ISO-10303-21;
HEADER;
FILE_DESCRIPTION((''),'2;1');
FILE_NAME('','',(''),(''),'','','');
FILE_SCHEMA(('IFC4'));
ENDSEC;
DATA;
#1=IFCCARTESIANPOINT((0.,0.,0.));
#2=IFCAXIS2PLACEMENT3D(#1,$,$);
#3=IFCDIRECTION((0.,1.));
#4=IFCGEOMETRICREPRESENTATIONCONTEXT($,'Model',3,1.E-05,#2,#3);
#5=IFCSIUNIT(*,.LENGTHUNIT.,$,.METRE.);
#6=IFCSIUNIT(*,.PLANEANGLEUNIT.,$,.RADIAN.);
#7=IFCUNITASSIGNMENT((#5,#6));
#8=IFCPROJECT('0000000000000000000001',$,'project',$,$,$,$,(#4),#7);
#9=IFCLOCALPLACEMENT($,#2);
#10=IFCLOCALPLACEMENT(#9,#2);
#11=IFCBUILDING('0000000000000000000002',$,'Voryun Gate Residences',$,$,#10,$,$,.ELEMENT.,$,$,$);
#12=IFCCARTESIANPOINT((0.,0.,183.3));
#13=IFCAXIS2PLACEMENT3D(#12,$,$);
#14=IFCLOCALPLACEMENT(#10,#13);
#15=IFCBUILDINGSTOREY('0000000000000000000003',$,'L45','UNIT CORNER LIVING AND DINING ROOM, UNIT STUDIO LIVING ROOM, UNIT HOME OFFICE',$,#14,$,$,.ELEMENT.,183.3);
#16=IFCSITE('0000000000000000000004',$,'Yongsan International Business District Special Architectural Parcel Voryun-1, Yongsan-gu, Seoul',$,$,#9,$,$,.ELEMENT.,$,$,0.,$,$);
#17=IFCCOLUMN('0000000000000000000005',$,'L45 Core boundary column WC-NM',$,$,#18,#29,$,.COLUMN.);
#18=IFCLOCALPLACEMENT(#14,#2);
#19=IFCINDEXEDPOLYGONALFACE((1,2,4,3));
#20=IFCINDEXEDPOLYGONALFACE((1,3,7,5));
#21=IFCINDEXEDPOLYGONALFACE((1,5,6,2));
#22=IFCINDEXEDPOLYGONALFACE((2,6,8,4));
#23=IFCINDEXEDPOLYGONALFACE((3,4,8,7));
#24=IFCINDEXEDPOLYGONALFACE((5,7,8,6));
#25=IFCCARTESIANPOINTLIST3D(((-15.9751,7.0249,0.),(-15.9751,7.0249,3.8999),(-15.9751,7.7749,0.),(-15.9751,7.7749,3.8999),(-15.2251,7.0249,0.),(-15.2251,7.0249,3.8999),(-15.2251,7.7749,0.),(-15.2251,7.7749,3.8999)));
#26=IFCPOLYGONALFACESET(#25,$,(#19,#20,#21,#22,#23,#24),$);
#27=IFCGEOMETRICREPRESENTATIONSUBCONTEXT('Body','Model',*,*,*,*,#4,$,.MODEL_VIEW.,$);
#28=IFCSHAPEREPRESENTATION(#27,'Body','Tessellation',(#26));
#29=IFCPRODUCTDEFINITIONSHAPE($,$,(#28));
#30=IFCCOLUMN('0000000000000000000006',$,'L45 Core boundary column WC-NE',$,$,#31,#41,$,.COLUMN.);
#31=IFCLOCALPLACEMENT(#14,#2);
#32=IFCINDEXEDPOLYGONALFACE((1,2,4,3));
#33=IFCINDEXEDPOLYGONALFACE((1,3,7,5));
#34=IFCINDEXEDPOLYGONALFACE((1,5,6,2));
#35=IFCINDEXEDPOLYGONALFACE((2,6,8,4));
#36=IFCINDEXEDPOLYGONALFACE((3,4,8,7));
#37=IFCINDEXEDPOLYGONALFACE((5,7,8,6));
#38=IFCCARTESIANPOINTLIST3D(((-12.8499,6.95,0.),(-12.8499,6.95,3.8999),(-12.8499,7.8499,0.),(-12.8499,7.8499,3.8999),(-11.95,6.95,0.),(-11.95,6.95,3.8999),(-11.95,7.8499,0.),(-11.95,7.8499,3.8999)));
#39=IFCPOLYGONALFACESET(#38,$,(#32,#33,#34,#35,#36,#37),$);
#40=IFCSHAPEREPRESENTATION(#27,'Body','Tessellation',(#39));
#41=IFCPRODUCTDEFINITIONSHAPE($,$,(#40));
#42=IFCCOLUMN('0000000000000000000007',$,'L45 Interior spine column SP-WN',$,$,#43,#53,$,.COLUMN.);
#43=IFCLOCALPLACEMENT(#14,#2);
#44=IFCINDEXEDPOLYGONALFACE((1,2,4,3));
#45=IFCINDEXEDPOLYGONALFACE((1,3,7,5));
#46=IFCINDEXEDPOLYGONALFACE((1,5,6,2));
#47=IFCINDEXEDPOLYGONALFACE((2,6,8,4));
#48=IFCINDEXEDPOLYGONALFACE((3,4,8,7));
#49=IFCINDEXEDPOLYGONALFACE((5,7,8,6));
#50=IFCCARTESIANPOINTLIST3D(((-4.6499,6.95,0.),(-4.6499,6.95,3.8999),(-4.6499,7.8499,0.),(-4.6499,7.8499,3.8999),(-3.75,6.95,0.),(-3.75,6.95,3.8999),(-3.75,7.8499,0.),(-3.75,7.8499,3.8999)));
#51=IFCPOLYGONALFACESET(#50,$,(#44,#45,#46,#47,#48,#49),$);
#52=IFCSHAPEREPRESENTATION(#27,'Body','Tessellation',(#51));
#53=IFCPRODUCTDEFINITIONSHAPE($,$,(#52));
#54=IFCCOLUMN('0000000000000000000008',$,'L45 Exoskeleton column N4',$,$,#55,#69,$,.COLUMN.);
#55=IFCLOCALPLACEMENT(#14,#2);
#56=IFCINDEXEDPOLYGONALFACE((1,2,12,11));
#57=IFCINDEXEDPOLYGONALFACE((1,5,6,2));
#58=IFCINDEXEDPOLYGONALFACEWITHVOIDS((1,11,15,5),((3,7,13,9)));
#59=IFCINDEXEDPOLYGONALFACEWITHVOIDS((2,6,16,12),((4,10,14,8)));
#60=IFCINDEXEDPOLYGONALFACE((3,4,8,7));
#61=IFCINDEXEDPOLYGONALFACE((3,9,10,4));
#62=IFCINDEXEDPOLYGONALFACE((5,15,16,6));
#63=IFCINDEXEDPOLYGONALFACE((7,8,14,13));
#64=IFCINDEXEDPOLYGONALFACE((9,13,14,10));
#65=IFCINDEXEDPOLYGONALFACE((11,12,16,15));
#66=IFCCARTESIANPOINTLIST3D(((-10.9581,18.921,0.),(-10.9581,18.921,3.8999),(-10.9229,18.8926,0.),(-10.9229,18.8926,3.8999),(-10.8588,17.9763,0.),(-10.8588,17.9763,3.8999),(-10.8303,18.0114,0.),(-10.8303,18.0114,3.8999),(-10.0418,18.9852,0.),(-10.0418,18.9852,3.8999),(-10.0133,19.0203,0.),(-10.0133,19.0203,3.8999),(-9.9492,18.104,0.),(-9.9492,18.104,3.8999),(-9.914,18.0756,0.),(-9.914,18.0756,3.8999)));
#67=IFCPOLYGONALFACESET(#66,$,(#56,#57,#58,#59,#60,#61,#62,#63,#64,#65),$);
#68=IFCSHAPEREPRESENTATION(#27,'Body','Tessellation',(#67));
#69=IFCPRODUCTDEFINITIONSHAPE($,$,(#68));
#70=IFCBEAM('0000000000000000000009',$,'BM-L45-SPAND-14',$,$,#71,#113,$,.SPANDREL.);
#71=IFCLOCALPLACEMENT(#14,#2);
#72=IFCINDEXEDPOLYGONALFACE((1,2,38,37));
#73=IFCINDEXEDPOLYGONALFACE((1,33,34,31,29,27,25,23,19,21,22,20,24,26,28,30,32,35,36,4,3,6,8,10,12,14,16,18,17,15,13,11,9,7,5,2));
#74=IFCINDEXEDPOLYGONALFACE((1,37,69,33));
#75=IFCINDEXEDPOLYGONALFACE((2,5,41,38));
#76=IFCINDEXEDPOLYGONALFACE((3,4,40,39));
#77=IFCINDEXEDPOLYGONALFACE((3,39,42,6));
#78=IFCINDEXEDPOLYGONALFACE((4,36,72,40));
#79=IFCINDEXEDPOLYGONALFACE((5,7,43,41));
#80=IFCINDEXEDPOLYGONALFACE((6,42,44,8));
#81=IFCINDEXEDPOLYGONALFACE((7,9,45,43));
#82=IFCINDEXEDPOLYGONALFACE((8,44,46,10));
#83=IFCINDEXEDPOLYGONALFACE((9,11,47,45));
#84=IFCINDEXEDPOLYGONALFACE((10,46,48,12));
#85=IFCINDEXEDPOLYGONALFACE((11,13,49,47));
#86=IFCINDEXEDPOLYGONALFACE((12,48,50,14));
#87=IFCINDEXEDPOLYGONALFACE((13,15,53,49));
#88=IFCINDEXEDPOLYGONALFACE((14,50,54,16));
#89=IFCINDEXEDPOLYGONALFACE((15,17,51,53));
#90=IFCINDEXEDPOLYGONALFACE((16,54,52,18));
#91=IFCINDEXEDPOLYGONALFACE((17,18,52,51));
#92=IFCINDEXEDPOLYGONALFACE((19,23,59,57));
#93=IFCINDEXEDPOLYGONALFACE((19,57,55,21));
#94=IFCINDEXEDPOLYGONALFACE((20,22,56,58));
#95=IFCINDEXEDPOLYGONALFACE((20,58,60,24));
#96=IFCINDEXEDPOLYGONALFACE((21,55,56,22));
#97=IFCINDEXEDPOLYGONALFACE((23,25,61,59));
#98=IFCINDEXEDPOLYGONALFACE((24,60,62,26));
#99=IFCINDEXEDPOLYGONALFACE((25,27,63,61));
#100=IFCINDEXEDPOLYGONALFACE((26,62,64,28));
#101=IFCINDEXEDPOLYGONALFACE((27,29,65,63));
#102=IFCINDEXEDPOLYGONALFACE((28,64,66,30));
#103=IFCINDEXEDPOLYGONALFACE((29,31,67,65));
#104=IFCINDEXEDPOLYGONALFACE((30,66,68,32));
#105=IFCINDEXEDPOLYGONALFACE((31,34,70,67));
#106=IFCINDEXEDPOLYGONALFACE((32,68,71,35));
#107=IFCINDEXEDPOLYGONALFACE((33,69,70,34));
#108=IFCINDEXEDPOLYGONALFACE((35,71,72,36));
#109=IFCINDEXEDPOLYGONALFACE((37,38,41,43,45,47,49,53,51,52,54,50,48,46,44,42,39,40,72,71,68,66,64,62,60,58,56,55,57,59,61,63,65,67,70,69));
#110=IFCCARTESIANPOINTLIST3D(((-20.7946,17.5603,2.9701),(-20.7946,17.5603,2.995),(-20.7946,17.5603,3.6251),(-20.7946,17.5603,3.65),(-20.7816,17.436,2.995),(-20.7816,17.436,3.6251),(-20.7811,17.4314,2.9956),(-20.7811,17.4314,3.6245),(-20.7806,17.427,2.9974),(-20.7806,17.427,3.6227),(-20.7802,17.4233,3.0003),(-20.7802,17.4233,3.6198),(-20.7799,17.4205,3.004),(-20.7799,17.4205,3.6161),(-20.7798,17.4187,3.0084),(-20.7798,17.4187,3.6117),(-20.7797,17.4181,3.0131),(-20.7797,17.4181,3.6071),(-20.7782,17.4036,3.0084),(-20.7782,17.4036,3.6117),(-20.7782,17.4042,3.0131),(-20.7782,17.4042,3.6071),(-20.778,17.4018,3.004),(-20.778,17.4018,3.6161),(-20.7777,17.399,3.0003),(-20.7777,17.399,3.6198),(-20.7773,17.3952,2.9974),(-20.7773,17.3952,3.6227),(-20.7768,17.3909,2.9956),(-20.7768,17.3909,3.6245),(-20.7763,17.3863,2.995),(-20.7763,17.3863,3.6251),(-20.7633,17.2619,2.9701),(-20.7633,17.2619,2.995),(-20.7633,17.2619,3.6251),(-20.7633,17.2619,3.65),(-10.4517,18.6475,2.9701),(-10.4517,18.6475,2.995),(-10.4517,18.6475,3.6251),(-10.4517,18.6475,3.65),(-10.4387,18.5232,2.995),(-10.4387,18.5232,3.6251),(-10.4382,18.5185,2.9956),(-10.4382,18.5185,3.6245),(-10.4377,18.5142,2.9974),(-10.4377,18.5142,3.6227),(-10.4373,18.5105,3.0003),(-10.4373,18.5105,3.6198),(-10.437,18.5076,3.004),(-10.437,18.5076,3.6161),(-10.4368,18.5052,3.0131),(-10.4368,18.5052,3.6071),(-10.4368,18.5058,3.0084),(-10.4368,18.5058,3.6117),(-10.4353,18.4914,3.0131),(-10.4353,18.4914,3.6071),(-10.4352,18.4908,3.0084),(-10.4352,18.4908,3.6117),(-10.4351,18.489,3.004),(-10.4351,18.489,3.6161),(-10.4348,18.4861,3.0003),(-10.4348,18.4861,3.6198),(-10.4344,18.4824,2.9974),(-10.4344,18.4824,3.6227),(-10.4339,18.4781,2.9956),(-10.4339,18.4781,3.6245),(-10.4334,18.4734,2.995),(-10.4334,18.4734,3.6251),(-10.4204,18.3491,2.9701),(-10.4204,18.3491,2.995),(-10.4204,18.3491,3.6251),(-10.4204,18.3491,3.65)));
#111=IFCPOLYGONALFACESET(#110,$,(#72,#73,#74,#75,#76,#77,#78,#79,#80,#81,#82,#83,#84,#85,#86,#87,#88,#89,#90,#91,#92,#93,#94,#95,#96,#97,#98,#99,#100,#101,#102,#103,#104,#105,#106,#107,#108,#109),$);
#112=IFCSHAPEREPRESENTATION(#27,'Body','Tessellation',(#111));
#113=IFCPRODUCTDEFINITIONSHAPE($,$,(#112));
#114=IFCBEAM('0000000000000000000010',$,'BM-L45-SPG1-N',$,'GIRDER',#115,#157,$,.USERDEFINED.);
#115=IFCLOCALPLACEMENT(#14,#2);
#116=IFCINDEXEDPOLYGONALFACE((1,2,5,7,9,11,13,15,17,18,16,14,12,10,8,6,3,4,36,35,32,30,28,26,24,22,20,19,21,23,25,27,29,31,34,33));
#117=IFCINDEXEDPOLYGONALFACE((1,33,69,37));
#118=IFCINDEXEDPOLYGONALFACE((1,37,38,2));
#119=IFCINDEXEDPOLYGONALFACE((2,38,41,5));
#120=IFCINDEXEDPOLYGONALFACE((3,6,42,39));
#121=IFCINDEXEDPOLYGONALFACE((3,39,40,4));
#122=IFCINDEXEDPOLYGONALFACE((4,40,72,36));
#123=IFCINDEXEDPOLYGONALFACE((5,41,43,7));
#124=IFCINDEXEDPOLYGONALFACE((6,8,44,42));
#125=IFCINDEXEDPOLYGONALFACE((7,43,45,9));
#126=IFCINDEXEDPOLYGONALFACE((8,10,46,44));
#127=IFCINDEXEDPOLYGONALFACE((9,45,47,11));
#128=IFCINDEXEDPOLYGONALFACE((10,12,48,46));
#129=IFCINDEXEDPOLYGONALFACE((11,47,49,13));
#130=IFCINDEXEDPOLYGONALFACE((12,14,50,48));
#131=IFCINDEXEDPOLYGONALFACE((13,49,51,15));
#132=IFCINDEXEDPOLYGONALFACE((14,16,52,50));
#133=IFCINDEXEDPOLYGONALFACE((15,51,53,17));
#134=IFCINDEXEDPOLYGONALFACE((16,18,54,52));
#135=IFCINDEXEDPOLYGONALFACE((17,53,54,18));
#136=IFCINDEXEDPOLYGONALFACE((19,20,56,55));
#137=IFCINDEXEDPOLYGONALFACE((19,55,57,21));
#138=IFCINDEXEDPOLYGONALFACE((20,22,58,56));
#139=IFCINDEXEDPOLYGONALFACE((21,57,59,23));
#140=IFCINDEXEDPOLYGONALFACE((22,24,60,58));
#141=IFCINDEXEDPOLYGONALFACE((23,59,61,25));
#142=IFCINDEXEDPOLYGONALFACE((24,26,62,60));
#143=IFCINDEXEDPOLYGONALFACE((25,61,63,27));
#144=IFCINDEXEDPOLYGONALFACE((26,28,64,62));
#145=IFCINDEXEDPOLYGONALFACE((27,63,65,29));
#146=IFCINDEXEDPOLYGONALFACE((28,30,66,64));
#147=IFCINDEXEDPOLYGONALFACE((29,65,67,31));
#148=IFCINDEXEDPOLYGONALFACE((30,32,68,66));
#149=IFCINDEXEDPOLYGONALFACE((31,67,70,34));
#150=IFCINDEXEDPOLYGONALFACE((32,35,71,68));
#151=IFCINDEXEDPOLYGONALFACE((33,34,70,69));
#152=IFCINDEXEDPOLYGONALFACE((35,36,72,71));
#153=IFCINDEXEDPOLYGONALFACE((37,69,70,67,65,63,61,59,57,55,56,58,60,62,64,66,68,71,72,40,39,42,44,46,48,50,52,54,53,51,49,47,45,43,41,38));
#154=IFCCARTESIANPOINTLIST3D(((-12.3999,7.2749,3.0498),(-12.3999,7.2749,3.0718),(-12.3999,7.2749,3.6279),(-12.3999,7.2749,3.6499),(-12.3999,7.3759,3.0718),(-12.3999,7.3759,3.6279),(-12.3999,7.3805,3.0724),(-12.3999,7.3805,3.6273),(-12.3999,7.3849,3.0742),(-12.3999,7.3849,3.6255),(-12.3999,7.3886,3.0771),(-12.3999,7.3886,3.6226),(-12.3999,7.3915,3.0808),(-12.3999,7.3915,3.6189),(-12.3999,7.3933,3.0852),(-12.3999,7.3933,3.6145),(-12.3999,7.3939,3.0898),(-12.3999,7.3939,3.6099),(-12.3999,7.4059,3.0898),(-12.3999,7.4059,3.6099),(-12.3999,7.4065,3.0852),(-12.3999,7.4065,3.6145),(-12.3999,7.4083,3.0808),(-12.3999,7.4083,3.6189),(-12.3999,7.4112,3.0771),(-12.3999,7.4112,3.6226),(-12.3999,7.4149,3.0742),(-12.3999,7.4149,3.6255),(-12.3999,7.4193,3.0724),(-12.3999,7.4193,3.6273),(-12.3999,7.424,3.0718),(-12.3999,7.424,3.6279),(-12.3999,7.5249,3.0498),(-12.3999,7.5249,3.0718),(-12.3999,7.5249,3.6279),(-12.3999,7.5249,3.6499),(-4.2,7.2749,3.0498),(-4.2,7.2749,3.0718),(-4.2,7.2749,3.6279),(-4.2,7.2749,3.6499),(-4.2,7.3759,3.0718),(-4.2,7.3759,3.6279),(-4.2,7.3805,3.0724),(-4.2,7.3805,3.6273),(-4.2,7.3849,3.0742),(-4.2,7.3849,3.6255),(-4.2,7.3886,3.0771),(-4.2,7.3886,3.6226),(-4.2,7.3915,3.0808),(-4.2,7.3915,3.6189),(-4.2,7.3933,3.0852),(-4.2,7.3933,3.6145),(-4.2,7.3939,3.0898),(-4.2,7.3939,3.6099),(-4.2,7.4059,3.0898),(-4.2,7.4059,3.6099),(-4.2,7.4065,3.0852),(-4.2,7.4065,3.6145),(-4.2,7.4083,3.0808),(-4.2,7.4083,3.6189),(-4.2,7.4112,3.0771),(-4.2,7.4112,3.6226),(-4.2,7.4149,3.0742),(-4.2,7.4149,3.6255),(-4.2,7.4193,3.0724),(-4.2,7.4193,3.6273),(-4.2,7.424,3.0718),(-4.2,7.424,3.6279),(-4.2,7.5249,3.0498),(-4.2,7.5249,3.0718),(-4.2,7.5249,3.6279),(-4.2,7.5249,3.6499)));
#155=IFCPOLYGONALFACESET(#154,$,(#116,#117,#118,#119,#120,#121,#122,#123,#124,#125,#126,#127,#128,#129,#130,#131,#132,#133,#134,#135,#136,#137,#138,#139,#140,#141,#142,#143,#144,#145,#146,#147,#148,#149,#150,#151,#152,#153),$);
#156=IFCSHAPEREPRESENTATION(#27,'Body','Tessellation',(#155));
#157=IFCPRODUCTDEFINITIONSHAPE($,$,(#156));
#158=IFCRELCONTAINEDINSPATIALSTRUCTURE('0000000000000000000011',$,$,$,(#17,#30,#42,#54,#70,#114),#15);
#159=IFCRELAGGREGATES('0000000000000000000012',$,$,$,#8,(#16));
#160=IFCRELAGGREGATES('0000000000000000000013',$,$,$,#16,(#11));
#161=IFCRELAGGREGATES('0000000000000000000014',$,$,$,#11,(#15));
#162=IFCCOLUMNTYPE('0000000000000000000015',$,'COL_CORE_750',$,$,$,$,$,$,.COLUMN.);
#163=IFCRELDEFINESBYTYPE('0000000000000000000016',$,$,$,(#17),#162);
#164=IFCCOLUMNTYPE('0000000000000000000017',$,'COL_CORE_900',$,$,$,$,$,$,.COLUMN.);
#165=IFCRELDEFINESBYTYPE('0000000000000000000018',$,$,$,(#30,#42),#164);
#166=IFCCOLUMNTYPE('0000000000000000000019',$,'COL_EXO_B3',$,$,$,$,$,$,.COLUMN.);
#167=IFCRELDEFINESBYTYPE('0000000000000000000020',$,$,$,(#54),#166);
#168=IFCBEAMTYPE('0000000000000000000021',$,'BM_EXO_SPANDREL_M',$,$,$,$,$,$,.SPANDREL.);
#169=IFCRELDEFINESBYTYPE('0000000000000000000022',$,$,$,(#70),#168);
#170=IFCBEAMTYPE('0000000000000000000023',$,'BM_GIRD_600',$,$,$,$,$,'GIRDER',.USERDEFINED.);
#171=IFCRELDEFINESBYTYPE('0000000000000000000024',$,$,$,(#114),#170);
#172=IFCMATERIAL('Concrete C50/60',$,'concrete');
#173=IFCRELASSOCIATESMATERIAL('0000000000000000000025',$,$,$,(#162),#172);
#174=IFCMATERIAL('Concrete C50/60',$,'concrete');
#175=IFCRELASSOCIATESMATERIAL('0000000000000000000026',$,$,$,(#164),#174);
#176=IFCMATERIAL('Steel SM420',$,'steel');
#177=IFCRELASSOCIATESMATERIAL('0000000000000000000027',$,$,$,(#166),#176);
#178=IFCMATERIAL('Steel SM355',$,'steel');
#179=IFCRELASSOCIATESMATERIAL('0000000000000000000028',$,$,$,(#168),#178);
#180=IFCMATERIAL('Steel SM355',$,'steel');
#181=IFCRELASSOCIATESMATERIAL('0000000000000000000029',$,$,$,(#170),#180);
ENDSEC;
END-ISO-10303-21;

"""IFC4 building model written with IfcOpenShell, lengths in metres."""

from ifc_helpers import new_model, si_unit, direction, frame, origin, origin_2d, place, context, subcontext, project, spatial, rectangle, hollow_rectangle, i_section, extrude, material, material_profile, profile_set, type_object, element, save


model = new_model("IFC4")

# Units and contexts
model_context = context("Model", 3, precision=1e-05, world=origin(), true_north=direction((0.0, 1.0)))
body_context = subcontext(model_context, "Body", "Model", "MODEL_VIEW")
ifc_project = project(units=[si_unit("LENGTHUNIT", "METRE"), si_unit("PLANEANGLEUNIT", "RADIAN")], contexts=[model_context])

# Site, building, storey
site_placement = place(None, origin())
site = spatial("IfcSite", under=ifc_project, at=site_placement, Name="Yongsan International Business District Special Architectural Parcel Voryun-1, Yongsan-gu, Seoul", CompositionType="ELEMENT", RefElevation=0.0)
building_placement = place(site_placement, origin())
building = spatial("IfcBuilding", under=site, at=building_placement, Name="Voryun Gate Residences", CompositionType="ELEMENT")
storey_placement = place(building_placement, frame((0.0, 0.0, 183.3)))
storey = spatial("IfcBuildingStorey", under=building, at=storey_placement, Name="L45", Description="UNIT CORNER LIVING AND DINING ROOM, UNIT STUDIO LIVING ROOM, UNIT HOME OFFICE", CompositionType="ELEMENT", Elevation=183.3)

# Columns
ifc_material_1 = material(Name="Concrete C50/60", Category="concrete")
ifc_material_profile_1 = material_profile(ifc_material_1, rectangle(XDim=0.75, YDim=0.75, at=origin_2d()), Name="RC-750x750")
ifc_profile_set_1 = profile_set([ifc_material_profile_1], Name="Concrete C50/60")
column_type_1 = type_object("IfcColumnType", Name="COL_CORE_750", PredefinedType="COLUMN", material=ifc_profile_set_1)
column_1_placement = place(storey_placement, frame((-15.6001, 7.3999, 0.0), z_axis=(0.0, 0.0, 1.0), x_axis=(1.0, 0.0, 0.0)))
element("IfcColumn", 1, at=column_1_placement, inside=storey, type_object=column_type_1, Name="L45 Core boundary column WC-NM", PredefinedType="COLUMN", context=body_context, shape_type="SweptSolid", body=[
    extrude(rectangle(XDim=0.75, YDim=0.75, at=origin_2d()), origin(), (0.0, 0.0, 1.0), 3.8999),
])
ifc_material_2 = material(Name="Concrete C50/60", Category="concrete")
ifc_material_profile_2 = material_profile(ifc_material_2, rectangle(XDim=0.8999, YDim=0.8999, at=origin_2d()), Name="RC-900x900")
ifc_profile_set_2 = profile_set([ifc_material_profile_2], Name="Concrete C50/60")
column_type_2 = type_object("IfcColumnType", Name="COL_CORE_900", PredefinedType="COLUMN", material=ifc_profile_set_2)
for number, where, z_axis, x_axis, name in (
    (2, (-12.3999, 7.3999, 0.0), (0.0, 0.0, 1.0), (1.0, 0.0, 0.0), "L45 Core boundary column WC-NE"),
    (3, (-4.2, 7.3999, 0.0), (0.0, 0.0, 1.0), (1.0, 0.0, 0.0), "L45 Interior spine column SP-WN"),
):
    element("IfcColumn", number, at=place(storey_placement, frame(where, z_axis=z_axis, x_axis=x_axis)), inside=storey, type_object=column_type_2, Name=name, PredefinedType="COLUMN", context=body_context, shape_type="SweptSolid", body=[
        extrude(rectangle(XDim=0.8999, YDim=0.8999, at=origin_2d()), origin(), (0.0, 0.0, 1.0), 3.8999),
    ])
ifc_material_3 = material(Name="Steel SM420", Category="steel")
ifc_material_profile_3 = material_profile(ifc_material_3, hollow_rectangle(XDim=0.95, YDim=0.95, WallThickness=0.032, at=origin_2d()), Name="BOX-950x950x32")
ifc_profile_set_3 = profile_set([ifc_material_profile_3], Name="Steel SM420")
column_type_3 = type_object("IfcColumnType", Name="COL_EXO_B3", PredefinedType="COLUMN", material=ifc_profile_set_3)
column_2_placement = place(storey_placement, frame((-10.436, 18.4983, 0.0), z_axis=(0.0, 0.0, 1.0), x_axis=(0.994522, 0.104528, 0.0)))
element("IfcColumn", 4, at=column_2_placement, inside=storey, type_object=column_type_3, Name="L45 Exoskeleton column N4", PredefinedType="COLUMN", context=body_context, shape_type="SweptSolid", body=[
    extrude(hollow_rectangle(XDim=0.95, YDim=0.95, WallThickness=0.032, at=origin_2d()), origin(), (0.0, 0.0, 1.0), 3.8999),
])

# Beams
ifc_material_4 = material(Name="Steel SM355", Category="steel")
ifc_material_profile_4 = material_profile(ifc_material_4, i_section(OverallWidth=0.3, OverallDepth=0.6799, WebThickness=0.0139, FlangeThickness=0.0249, FilletRadius=0.0181, at=origin_2d()), Name="H-680x300x14x25")
ifc_profile_set_4 = profile_set([ifc_material_profile_4], Name="Steel SM355")
beam_type_1 = type_object("IfcBeamType", Name="BM_EXO_SPANDREL_M", PredefinedType="SPANDREL", material=ifc_profile_set_4)
beam_1_placement = place(storey_placement, frame((-10.436, 18.4983, 3.3101), z_axis=(-0.994521, -0.104534, 0.0), x_axis=(0.104534, -0.994521, 0.0)))
element("IfcBeam", 5, at=beam_1_placement, inside=storey, type_object=beam_type_1, Name="BM-L45-SPAND-14", PredefinedType="SPANDREL", context=body_context, shape_type="SweptSolid", body=[
    extrude(i_section(OverallWidth=0.3, OverallDepth=0.6799, WebThickness=0.0139, FlangeThickness=0.0249, FilletRadius=0.0181, at=origin_2d()), origin(), (0.0, 0.0, 1.0), 10.3999),
])
ifc_material_5 = material(Name="Steel SM355", Category="steel")
ifc_material_profile_5 = material_profile(ifc_material_5, i_section(OverallWidth=0.25, OverallDepth=0.6001, WebThickness=0.012, FlangeThickness=0.022, FilletRadius=0.0181, at=origin_2d()), Name="H-600x250x12x22")
ifc_profile_set_5 = profile_set([ifc_material_profile_5], Name="Steel SM355")
beam_type_2 = type_object("IfcBeamType", Name="BM_GIRD_600", ElementType="GIRDER", PredefinedType="USERDEFINED", material=ifc_profile_set_5)
beam_2_placement = place(storey_placement, frame((-12.3999, 7.3999, 3.3499), z_axis=(1.0, 0.0, 0.0), x_axis=(0.0, 1.0, 0.0)))
element("IfcBeam", 6, at=beam_2_placement, inside=storey, type_object=beam_type_2, Name="BM-L45-SPG1-N", ObjectType="GIRDER", PredefinedType="USERDEFINED", context=body_context, shape_type="SweptSolid", body=[
    extrude(i_section(OverallWidth=0.25, OverallDepth=0.6001, WebThickness=0.012, FlangeThickness=0.022, FilletRadius=0.0181, at=origin_2d()), origin(), (0.0, 0.0, 1.0), 8.2),
])

save(model, "model.ifc")
